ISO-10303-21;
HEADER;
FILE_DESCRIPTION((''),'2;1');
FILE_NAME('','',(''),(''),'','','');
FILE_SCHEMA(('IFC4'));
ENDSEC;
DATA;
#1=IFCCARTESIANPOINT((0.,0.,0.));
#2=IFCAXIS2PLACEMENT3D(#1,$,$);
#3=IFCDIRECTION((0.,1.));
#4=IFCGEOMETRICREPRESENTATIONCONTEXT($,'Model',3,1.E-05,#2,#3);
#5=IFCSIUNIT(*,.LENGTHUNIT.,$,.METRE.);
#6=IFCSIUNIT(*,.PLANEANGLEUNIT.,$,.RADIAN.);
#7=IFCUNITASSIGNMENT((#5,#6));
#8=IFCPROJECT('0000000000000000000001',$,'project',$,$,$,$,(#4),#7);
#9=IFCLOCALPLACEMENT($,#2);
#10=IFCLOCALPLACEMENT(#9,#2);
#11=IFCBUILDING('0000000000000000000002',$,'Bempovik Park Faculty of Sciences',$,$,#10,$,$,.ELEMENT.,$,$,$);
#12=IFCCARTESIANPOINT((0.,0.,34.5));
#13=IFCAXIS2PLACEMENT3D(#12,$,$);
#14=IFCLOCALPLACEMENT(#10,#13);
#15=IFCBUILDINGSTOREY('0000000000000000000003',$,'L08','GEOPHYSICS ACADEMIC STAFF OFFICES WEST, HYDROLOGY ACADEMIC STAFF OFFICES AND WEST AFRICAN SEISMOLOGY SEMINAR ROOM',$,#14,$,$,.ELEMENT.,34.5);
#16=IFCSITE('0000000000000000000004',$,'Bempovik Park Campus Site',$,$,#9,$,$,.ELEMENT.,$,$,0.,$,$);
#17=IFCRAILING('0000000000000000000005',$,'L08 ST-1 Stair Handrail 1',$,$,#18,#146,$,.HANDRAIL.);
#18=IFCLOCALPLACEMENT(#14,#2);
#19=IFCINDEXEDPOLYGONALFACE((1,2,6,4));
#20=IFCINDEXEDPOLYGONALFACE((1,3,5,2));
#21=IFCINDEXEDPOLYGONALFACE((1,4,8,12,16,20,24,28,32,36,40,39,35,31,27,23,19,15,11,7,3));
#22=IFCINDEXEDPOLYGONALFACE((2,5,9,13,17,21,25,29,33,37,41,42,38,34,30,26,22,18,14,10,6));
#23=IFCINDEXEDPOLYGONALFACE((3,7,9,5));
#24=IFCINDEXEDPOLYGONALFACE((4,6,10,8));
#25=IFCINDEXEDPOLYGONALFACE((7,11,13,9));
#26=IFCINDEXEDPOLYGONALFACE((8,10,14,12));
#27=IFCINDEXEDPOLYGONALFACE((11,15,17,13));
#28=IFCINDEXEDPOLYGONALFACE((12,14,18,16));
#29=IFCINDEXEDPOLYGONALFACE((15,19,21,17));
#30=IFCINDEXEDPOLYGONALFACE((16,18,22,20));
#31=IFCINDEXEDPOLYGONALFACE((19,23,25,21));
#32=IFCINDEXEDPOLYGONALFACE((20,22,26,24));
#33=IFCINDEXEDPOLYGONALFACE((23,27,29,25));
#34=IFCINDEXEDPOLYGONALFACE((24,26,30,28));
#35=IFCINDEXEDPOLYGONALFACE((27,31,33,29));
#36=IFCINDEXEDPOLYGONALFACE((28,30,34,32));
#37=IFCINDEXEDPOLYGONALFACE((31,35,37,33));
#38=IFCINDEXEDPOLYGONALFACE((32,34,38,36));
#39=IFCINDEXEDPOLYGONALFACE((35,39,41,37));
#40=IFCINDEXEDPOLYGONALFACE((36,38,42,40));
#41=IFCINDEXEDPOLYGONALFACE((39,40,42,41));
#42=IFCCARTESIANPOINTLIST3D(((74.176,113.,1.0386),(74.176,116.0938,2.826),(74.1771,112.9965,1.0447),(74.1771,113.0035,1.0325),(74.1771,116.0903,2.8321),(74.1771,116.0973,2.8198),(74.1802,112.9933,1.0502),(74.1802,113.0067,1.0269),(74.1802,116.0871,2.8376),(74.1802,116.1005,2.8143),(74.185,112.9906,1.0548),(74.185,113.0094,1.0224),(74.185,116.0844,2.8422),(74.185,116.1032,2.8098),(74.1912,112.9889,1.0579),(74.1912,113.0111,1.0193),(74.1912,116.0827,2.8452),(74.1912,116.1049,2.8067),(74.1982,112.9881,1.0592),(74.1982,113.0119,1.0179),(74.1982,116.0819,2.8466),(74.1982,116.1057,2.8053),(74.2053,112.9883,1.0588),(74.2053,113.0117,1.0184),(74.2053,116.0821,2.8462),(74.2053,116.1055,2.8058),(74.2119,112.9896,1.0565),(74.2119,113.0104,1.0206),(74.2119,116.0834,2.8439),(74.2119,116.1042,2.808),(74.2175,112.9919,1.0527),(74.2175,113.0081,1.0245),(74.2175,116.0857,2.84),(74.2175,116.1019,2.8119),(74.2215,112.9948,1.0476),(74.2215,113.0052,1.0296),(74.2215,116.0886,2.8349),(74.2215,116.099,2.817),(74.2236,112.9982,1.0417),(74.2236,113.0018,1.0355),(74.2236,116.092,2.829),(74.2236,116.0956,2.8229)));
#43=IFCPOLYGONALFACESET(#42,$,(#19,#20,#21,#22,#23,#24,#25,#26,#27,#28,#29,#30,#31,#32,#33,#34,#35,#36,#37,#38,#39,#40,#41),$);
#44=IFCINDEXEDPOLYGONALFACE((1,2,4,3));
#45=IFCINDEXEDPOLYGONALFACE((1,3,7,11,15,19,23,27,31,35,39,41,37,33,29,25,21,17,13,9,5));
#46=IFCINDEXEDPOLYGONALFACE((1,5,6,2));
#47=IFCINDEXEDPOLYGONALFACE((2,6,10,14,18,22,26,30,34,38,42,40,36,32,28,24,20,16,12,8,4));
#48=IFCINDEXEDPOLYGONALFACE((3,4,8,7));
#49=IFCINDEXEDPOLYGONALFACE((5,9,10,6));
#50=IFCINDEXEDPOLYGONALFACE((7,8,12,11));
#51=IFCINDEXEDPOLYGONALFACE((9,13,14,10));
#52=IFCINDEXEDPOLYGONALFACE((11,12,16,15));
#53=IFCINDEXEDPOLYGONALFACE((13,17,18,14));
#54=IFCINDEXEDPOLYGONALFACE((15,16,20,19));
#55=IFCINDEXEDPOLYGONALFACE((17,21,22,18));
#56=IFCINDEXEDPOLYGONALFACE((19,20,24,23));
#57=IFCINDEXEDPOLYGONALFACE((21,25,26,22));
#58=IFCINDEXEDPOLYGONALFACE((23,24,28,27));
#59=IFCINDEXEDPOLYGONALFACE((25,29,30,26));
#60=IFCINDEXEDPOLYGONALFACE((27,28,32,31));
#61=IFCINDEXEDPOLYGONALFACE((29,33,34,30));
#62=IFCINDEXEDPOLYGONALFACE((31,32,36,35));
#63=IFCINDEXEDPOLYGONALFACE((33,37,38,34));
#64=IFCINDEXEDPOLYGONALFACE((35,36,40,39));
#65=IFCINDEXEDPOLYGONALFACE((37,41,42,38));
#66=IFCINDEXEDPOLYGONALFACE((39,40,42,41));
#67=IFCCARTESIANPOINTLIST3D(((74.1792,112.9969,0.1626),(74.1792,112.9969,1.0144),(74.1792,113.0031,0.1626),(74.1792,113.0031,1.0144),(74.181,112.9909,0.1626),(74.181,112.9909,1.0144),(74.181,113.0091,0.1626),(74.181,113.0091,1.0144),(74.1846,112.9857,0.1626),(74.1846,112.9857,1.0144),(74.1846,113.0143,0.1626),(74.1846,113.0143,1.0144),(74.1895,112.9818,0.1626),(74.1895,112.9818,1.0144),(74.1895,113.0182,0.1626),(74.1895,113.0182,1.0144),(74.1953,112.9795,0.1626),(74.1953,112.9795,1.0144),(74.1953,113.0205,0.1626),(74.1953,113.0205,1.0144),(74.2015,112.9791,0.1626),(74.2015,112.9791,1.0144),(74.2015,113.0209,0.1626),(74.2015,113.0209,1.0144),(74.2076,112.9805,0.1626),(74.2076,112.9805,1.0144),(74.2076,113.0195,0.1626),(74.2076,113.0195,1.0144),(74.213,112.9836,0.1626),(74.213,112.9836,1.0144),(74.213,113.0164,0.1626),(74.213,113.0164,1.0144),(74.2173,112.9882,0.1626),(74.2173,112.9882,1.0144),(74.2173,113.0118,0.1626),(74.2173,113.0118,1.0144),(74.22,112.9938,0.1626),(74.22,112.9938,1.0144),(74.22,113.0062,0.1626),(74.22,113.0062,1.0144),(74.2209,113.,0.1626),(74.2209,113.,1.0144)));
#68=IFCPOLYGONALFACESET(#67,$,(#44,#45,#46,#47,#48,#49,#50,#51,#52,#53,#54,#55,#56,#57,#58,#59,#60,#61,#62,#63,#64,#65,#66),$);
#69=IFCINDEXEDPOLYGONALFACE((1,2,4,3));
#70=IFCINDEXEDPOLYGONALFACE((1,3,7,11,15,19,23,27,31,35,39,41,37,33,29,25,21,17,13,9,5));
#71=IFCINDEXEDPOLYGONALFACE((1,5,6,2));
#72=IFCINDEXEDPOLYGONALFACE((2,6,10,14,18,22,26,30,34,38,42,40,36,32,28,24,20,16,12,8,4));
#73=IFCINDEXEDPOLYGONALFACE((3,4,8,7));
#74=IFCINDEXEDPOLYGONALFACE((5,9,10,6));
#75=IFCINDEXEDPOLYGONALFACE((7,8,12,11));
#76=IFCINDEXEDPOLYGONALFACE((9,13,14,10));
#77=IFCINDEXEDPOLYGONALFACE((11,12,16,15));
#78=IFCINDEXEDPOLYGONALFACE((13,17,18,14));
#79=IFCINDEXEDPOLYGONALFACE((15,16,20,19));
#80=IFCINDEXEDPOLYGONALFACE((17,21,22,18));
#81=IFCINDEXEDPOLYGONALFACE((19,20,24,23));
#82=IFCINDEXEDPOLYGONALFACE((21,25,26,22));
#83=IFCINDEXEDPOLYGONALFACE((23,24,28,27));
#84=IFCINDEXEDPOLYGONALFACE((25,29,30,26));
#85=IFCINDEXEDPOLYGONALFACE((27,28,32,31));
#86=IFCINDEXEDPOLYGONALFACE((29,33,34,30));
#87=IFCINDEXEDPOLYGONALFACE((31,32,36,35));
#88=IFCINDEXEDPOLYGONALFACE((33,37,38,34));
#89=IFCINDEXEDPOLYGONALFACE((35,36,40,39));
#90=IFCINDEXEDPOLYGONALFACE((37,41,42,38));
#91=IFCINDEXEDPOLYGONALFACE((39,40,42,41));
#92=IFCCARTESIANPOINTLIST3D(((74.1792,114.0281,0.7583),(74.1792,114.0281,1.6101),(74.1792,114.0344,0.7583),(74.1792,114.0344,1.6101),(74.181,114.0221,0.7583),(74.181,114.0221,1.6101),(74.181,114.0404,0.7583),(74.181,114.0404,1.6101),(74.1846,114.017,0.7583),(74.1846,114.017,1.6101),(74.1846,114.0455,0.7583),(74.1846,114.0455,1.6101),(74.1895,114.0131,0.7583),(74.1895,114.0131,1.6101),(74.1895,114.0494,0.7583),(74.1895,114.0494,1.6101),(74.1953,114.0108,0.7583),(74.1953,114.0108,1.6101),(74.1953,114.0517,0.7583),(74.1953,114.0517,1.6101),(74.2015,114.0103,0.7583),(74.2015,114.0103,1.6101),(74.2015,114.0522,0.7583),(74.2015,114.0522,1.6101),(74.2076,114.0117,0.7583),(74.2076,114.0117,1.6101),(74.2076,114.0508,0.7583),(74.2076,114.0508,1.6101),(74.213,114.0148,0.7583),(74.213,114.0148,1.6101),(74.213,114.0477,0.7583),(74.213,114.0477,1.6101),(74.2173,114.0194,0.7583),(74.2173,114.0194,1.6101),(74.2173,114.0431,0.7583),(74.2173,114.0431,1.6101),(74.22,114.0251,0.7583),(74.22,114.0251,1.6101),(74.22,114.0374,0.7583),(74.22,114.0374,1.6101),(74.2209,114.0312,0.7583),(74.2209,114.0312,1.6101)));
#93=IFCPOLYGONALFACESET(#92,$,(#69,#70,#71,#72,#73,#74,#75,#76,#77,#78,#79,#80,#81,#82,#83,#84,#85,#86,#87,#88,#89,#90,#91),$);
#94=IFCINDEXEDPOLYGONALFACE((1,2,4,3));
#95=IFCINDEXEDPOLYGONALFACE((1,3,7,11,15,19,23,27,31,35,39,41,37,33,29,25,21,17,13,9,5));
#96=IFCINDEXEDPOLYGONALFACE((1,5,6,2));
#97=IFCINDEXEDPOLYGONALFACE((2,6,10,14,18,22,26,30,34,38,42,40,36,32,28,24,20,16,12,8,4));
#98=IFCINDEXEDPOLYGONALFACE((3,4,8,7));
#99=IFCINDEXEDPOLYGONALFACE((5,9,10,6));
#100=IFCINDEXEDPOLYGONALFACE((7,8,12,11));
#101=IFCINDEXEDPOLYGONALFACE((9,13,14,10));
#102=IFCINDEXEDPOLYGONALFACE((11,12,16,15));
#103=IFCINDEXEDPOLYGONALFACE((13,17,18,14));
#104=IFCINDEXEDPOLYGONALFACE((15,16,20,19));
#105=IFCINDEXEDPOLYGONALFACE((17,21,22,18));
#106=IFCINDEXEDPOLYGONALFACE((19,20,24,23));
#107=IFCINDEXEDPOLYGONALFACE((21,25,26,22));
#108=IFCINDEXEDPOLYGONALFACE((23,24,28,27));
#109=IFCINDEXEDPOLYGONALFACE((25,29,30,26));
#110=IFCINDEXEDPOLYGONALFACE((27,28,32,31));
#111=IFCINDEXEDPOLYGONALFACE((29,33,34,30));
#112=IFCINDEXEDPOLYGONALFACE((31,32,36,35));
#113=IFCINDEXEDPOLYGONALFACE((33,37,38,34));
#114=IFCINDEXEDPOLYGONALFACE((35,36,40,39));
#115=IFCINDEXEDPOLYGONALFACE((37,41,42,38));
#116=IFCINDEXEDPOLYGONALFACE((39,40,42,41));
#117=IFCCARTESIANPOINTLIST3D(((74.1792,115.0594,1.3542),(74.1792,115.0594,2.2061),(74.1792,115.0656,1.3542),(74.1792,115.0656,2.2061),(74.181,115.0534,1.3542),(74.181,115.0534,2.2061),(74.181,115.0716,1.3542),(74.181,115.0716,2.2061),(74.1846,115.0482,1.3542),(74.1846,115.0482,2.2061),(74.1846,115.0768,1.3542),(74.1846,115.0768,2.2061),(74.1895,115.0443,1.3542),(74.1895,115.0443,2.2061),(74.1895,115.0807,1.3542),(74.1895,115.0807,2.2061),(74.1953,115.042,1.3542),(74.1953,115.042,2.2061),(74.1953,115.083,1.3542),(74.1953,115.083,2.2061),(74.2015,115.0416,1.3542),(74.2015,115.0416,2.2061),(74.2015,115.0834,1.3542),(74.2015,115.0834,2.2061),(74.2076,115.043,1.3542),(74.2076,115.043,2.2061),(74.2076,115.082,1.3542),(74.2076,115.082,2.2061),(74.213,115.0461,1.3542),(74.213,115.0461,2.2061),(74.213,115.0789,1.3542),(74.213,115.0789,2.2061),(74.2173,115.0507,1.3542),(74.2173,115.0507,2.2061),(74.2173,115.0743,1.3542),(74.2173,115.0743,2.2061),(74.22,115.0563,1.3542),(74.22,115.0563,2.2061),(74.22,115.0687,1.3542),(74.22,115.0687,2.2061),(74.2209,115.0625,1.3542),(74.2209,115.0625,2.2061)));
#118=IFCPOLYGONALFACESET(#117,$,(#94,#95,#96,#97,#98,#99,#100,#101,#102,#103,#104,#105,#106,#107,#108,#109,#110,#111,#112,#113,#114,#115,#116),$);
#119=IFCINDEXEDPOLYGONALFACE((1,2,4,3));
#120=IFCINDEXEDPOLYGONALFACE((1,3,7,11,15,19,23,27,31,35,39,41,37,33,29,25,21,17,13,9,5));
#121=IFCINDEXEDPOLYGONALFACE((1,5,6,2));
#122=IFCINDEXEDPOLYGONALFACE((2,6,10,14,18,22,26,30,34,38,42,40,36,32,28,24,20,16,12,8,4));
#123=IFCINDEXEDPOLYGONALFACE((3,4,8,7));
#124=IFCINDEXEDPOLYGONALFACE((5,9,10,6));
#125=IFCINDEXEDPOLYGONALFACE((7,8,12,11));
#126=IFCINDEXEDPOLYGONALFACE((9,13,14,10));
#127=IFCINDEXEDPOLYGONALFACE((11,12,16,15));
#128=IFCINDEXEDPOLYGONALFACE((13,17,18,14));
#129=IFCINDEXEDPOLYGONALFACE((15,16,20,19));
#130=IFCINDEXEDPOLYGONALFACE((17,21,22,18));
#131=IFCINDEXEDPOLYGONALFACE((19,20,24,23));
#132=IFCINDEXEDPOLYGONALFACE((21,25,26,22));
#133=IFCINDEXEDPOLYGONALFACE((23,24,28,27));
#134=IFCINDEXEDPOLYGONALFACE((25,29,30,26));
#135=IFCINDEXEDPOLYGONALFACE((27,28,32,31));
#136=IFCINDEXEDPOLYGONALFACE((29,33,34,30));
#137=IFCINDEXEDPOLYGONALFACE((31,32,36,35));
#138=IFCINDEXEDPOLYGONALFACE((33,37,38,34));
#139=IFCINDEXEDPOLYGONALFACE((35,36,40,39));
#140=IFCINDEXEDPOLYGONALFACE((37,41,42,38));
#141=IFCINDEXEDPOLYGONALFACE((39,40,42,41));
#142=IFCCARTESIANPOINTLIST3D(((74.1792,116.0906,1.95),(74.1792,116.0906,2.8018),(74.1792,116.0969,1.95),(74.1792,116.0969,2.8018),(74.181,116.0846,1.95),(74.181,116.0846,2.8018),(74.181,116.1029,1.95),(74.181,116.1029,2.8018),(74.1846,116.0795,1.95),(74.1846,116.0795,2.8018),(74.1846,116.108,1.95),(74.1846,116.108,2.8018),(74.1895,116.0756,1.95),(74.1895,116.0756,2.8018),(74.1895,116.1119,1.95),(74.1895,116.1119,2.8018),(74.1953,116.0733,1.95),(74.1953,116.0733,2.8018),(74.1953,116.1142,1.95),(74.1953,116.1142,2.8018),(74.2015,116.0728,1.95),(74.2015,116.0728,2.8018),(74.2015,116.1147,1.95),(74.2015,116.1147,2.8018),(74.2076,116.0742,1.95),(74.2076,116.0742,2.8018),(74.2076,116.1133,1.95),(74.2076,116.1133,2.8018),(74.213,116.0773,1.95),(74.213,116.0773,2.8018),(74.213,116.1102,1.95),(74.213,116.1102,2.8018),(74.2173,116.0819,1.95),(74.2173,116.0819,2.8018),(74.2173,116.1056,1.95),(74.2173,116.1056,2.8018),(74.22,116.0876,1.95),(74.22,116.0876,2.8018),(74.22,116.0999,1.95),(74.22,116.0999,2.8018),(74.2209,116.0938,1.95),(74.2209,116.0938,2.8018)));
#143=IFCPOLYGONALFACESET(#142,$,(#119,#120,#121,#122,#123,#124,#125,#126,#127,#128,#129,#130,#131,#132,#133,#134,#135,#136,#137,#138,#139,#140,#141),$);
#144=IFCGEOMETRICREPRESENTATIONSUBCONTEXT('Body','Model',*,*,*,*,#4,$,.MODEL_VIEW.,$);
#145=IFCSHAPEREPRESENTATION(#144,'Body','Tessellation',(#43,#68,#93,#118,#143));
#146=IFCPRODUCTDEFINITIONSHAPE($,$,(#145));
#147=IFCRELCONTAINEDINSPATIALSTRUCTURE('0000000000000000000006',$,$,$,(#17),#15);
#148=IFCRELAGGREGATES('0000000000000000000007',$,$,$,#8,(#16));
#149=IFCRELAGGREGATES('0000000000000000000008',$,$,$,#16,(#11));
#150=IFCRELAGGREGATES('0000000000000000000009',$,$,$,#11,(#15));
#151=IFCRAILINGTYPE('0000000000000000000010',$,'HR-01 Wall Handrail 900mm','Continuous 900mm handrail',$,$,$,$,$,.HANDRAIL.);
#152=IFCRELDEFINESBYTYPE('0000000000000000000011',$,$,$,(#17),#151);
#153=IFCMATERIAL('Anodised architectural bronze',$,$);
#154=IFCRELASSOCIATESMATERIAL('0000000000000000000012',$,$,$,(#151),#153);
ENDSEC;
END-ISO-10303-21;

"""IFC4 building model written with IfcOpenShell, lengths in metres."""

from ifc_helpers import new_model, si_unit, direction, frame, origin, origin_2d, place, context, subcontext, project, spatial, circle, extrude, material, type_object, element, save


model = new_model("IFC4")

# Units and contexts
model_context = context("Model", 3, precision=1e-05, world=origin(), true_north=direction((0.0, 1.0)))
body_context = subcontext(model_context, "Body", "Model", "MODEL_VIEW")
ifc_project = project(units=[si_unit("LENGTHUNIT", "METRE"), si_unit("PLANEANGLEUNIT", "RADIAN")], contexts=[model_context])

# Site, building, storey
site_placement = place(None, origin())
site = spatial("IfcSite", under=ifc_project, at=site_placement, Name="Bempovik Park Campus Site", CompositionType="ELEMENT", RefElevation=0.0)
building_placement = place(site_placement, origin())
building = spatial("IfcBuilding", under=site, at=building_placement, Name="Bempovik Park Faculty of Sciences", CompositionType="ELEMENT")
storey_placement = place(building_placement, frame((0.0, 0.0, 34.5)))
storey = spatial("IfcBuildingStorey", under=building, at=storey_placement, Name="L08", Description="GEOPHYSICS ACADEMIC STAFF OFFICES WEST, HYDROLOGY ACADEMIC STAFF OFFICES AND WEST AFRICAN SEISMOLOGY SEMINAR ROOM", CompositionType="ELEMENT", Elevation=34.5)

# Railing
ifc_material_1 = material(Name="Anodised architectural bronze")
railing_type_1 = type_object("IfcRailingType", Name="HR-01 Wall Handrail 900mm", Description="Continuous 900mm handrail", PredefinedType="HANDRAIL", material=ifc_material_1)
railing_1_placement = place(storey_placement, frame((74.2, 113.0, 0.1626)))
element("IfcRailing", 1, at=railing_1_placement, inside=storey, type_object=railing_type_1, Name="L08 ST-1 Stair Handrail 1", PredefinedType="HANDRAIL", context=body_context, shape_type="SweptSolid", body=[
    extrude(circle(Radius=0.0239, at=origin_2d()), frame((0.0, 0.0, 0.876), z_axis=(0.0, 0.865883, 0.500247), x_axis=(-1.0, 0.0, 0.0)), (0.0, 0.0, 1.0), 3.573),
    extrude(circle(Radius=0.021, at=origin_2d()), origin(), (0.0, 0.0, 1.0), 0.8518),
    extrude(circle(Radius=0.021, at=origin_2d()), frame((0.0, 1.0312, 0.5957)), (0.0, 0.0, 1.0), 0.8518),
    extrude(circle(Radius=0.021, at=origin_2d()), frame((0.0, 2.0625, 1.1917)), (0.0, 0.0, 1.0), 0.8518),
    extrude(circle(Radius=0.021, at=origin_2d()), frame((0.0, 3.0938, 1.7874)), (0.0, 0.0, 1.0), 0.8518),
])

save(model, "model.ifc")
